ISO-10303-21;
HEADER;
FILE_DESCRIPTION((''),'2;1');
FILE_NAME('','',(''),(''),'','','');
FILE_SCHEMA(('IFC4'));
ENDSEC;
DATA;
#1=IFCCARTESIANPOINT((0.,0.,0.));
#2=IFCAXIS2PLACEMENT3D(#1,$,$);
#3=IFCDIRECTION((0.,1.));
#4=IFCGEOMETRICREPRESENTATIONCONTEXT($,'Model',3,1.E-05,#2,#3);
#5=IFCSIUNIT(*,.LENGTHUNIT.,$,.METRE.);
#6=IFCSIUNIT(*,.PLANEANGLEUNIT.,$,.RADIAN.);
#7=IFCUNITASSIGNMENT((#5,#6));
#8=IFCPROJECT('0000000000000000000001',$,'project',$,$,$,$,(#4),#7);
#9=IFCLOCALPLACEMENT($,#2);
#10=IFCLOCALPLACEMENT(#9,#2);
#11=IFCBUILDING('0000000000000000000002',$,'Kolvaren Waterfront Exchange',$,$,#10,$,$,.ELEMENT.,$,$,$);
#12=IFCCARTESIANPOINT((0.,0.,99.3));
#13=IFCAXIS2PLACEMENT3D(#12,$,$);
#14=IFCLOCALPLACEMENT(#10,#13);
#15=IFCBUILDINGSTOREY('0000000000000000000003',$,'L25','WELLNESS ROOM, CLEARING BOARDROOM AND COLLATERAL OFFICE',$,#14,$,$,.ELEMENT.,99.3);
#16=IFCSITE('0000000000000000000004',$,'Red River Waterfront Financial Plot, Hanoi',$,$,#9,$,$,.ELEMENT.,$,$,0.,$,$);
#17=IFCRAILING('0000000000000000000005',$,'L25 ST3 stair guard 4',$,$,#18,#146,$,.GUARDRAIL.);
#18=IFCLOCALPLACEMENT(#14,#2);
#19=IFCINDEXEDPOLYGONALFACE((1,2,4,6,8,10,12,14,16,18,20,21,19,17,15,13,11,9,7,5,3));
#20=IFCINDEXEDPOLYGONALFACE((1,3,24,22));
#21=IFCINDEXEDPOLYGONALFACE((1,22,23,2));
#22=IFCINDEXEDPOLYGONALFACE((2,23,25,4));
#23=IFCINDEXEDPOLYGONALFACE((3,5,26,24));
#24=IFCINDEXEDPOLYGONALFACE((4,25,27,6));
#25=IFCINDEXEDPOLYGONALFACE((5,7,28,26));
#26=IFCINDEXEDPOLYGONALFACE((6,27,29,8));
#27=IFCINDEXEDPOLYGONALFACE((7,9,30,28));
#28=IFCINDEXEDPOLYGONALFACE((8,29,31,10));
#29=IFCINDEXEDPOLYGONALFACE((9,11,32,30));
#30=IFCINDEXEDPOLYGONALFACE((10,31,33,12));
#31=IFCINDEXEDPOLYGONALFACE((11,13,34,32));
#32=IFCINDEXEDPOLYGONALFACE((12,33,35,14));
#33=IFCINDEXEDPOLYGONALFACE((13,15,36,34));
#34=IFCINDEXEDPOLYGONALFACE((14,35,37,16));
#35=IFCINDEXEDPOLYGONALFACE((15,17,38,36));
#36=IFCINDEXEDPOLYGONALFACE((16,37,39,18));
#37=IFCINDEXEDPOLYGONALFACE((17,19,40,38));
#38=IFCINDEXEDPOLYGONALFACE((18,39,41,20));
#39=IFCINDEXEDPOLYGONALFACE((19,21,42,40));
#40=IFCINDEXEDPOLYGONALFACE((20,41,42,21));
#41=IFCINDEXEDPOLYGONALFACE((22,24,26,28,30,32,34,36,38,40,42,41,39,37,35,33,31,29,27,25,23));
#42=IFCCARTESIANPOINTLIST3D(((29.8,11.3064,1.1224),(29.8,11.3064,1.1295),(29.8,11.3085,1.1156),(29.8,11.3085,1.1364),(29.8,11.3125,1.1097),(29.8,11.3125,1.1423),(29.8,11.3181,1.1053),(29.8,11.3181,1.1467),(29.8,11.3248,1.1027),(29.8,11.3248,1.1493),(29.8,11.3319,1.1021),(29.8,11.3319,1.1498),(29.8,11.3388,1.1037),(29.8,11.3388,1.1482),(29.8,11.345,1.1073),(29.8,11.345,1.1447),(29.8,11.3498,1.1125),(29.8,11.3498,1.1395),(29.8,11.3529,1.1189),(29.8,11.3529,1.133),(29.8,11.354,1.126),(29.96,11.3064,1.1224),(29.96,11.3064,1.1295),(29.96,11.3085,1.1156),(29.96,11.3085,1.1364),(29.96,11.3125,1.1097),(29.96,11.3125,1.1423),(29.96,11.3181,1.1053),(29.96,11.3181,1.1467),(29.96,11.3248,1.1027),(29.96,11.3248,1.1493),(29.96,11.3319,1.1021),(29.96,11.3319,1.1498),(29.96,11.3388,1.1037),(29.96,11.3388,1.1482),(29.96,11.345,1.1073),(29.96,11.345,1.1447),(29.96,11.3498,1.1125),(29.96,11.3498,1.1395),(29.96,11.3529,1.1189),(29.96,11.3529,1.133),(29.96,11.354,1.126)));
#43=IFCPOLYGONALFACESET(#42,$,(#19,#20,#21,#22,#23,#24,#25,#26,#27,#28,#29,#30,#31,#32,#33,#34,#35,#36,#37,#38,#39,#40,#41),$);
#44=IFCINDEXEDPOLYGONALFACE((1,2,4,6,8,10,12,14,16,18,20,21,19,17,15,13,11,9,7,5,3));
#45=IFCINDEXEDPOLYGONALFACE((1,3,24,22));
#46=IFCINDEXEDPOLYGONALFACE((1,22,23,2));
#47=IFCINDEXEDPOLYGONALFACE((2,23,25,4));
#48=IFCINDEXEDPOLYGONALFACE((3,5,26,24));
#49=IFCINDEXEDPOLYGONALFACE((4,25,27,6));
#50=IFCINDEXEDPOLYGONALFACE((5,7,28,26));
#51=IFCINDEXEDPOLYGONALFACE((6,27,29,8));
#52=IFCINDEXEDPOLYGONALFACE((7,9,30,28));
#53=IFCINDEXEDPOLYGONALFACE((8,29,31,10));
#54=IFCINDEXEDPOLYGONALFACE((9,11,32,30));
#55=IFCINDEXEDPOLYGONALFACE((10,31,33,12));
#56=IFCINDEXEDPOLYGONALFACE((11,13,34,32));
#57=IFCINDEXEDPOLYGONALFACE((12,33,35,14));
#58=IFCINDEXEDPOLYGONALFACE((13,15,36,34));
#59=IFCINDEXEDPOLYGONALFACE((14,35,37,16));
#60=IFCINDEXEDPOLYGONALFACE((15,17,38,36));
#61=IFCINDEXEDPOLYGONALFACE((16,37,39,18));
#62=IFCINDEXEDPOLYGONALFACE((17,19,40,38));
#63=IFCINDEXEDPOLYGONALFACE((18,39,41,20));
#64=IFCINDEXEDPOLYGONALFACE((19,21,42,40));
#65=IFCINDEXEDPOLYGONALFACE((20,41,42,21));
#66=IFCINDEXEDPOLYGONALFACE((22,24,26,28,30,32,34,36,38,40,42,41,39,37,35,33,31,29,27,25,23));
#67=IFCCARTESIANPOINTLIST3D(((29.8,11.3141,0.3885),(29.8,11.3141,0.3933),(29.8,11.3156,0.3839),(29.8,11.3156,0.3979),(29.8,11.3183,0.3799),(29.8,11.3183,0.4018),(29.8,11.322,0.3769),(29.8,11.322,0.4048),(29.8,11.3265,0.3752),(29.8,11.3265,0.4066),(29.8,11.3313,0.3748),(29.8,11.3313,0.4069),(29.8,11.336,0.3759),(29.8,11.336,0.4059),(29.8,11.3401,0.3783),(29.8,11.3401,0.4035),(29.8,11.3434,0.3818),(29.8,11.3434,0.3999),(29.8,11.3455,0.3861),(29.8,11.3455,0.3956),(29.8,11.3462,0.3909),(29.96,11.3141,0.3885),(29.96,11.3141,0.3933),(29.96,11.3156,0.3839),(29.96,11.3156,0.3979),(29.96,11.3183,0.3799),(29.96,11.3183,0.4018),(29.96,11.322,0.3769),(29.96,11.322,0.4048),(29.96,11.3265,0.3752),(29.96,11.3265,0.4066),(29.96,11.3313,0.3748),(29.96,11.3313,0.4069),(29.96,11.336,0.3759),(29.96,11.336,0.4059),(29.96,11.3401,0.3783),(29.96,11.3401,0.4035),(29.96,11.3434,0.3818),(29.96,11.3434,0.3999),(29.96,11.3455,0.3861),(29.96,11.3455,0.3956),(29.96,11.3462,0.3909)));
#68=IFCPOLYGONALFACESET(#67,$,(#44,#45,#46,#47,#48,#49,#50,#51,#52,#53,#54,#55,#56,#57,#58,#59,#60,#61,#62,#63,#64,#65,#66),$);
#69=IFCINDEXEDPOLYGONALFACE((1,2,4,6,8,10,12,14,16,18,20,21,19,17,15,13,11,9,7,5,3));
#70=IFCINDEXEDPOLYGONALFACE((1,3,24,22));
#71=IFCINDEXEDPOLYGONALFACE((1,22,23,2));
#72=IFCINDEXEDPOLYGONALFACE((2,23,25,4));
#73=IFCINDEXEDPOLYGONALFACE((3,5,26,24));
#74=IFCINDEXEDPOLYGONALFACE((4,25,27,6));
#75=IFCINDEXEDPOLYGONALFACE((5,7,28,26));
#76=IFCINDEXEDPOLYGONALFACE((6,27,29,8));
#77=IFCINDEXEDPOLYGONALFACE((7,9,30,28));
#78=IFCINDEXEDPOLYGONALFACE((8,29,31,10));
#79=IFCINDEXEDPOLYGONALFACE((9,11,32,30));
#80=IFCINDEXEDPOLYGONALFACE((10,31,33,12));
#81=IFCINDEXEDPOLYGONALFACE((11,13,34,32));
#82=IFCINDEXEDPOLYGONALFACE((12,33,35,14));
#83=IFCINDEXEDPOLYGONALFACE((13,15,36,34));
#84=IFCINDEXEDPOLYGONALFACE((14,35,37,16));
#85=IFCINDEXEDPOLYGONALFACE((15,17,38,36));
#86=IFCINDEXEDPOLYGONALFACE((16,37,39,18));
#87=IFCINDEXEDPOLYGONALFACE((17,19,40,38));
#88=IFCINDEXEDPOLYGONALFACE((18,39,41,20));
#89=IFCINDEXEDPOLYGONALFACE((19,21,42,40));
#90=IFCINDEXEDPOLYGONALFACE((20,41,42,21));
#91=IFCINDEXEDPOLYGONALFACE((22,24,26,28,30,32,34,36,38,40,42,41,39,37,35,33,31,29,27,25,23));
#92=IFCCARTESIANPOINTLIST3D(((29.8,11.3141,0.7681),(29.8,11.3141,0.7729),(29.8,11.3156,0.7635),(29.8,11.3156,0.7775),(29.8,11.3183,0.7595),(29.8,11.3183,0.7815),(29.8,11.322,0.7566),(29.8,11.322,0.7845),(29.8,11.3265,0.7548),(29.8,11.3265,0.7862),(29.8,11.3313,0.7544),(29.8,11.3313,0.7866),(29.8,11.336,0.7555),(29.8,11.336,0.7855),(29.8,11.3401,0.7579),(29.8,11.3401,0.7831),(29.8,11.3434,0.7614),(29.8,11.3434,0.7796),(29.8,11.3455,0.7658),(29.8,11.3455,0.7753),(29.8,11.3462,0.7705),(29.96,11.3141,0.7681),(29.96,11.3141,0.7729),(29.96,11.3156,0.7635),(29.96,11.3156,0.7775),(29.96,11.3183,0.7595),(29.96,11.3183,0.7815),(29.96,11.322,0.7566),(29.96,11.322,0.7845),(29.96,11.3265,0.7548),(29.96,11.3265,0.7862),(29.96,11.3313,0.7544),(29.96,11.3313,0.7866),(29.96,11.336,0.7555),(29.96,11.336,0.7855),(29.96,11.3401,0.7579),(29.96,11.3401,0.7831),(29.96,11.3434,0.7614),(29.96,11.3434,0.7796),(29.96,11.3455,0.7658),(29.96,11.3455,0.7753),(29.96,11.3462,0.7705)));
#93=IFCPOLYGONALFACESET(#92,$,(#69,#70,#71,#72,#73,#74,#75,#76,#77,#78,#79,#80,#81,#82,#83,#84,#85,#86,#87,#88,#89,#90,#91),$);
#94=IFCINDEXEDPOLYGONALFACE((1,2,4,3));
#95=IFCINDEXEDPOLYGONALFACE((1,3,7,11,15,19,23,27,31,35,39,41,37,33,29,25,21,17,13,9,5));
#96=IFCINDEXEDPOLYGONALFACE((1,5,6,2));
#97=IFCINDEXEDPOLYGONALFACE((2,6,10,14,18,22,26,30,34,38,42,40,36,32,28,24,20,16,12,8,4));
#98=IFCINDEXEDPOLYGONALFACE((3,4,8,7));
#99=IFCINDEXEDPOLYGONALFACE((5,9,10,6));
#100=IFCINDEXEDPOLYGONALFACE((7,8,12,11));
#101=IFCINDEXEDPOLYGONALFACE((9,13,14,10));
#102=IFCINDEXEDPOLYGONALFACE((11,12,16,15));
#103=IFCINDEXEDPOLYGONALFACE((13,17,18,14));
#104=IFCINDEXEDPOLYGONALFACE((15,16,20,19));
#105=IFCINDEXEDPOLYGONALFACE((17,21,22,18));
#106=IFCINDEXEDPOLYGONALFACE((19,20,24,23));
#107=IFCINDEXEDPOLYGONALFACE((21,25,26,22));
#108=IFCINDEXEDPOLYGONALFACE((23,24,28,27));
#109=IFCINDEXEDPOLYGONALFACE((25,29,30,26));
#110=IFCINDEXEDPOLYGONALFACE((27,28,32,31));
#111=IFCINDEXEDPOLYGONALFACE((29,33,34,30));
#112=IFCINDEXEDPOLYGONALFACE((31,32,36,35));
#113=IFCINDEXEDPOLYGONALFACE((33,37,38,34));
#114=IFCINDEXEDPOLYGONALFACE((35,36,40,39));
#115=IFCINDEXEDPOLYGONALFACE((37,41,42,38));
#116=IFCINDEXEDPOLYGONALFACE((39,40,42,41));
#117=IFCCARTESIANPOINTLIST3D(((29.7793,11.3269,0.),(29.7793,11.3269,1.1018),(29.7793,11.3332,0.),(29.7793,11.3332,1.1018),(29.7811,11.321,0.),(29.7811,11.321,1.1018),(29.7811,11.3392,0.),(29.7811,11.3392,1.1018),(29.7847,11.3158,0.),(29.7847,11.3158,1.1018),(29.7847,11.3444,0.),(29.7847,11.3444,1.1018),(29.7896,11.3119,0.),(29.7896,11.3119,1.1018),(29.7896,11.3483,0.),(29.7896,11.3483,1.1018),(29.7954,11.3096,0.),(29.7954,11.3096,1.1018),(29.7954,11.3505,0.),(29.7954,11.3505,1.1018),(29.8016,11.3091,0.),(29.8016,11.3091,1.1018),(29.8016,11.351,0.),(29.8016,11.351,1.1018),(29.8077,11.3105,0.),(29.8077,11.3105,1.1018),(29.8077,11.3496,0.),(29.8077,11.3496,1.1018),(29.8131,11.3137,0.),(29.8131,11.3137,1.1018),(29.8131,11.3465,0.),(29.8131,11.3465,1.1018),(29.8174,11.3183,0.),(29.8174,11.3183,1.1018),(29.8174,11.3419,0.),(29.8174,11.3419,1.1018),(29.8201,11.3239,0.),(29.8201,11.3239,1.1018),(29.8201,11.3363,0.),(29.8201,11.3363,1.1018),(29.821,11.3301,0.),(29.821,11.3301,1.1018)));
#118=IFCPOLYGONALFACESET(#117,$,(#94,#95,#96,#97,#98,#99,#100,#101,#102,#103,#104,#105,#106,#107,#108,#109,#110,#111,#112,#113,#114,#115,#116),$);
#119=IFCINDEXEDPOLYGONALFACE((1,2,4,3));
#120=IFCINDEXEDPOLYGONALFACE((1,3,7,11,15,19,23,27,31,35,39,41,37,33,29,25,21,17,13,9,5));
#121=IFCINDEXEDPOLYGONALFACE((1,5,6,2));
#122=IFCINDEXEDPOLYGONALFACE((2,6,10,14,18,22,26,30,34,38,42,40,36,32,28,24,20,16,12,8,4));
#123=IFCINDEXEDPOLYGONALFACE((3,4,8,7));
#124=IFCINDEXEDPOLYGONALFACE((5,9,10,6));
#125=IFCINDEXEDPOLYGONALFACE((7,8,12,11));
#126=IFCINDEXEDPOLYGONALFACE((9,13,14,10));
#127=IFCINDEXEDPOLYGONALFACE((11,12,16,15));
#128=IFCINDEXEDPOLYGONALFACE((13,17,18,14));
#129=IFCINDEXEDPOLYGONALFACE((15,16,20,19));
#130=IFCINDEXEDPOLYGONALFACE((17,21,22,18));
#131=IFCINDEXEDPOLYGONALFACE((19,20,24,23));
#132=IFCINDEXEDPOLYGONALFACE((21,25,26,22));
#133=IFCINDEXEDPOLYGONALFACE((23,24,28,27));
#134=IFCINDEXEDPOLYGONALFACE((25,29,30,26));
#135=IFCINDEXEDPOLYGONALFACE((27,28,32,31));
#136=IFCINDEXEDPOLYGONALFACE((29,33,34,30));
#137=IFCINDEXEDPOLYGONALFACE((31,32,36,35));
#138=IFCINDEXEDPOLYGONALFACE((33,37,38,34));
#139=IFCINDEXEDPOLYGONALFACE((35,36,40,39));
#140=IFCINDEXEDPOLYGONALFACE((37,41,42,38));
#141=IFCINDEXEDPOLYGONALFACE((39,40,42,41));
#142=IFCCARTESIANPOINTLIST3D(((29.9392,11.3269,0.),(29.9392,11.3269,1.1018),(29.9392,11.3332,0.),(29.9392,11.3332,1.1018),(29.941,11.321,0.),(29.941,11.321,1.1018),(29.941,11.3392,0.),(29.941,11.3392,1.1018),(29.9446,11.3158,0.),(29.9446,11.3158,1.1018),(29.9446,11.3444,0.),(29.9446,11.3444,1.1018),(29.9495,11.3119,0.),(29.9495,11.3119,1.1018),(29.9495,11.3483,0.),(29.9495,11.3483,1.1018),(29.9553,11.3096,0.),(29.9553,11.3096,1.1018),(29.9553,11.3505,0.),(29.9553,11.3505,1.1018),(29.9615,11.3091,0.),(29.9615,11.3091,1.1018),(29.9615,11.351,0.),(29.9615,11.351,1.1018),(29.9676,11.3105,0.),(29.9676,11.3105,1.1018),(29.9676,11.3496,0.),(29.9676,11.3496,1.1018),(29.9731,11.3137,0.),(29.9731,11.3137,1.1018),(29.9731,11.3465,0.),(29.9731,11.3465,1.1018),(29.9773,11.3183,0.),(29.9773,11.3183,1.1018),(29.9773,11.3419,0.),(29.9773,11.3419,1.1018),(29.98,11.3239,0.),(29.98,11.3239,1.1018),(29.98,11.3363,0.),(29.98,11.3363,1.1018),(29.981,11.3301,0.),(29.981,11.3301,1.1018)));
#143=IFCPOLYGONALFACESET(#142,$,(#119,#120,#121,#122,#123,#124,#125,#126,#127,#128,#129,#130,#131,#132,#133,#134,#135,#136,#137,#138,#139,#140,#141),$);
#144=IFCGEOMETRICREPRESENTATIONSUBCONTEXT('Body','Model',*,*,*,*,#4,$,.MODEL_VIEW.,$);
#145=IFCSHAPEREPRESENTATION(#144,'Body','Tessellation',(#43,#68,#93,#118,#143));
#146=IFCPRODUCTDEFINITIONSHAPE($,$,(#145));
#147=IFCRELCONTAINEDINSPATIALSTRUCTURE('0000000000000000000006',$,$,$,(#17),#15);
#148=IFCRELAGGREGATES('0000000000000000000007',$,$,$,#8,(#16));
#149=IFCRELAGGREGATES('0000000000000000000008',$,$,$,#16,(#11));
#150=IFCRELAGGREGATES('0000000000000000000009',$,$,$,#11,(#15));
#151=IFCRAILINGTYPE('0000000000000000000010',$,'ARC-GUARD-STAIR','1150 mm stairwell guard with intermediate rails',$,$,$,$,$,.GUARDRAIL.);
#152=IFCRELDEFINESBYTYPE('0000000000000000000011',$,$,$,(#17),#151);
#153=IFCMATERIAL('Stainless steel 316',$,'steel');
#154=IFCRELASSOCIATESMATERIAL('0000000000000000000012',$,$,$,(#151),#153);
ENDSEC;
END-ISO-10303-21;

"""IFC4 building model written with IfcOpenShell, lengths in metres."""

from ifc_helpers import new_model, si_unit, direction, frame, origin, origin_2d, place, context, subcontext, project, spatial, circle, extrude, material, type_object, element, save


model = new_model("IFC4")

# Units and contexts
model_context = context("Model", 3, precision=1e-05, world=origin(), true_north=direction((0.0, 1.0)))
body_context = subcontext(model_context, "Body", "Model", "MODEL_VIEW")
ifc_project = project(units=[si_unit("LENGTHUNIT", "METRE"), si_unit("PLANEANGLEUNIT", "RADIAN")], contexts=[model_context])

# Site, building, storey
site_placement = place(None, origin())
site = spatial("IfcSite", under=ifc_project, at=site_placement, Name="Red River Waterfront Financial Plot, Hanoi", CompositionType="ELEMENT", RefElevation=0.0)
building_placement = place(site_placement, origin())
building = spatial("IfcBuilding", under=site, at=building_placement, Name="Kolvaren Waterfront Exchange", CompositionType="ELEMENT")
storey_placement = place(building_placement, frame((0.0, 0.0, 99.3)))
storey = spatial("IfcBuildingStorey", under=building, at=storey_placement, Name="L25", Description="WELLNESS ROOM, CLEARING BOARDROOM AND COLLATERAL OFFICE", CompositionType="ELEMENT", Elevation=99.3)

# Railing
ifc_material_1 = material(Name="Stainless steel 316", Category="steel")
railing_type_1 = type_object("IfcRailingType", Name="ARC-GUARD-STAIR", Description="1150 mm stairwell guard with intermediate rails", PredefinedType="GUARDRAIL", material=ifc_material_1)
railing_1_placement = place(storey_placement, frame((29.8, 11.3301, 0.0)))
element("IfcRailing", 1, at=railing_1_placement, inside=storey, type_object=railing_type_1, Name="L25 ST3 stair guard 4", PredefinedType="GUARDRAIL", context=body_context, shape_type="SweptSolid", body=[
    extrude(circle(Radius=0.0239, at=origin_2d()), frame((0.0, 0.0, 1.126), z_axis=(1.0, 0.0, 0.0), x_axis=(0.0, 1.0, 0.0)), (0.0, 0.0, 1.0), 0.1599),
    extrude(circle(Radius=0.0161, at=origin_2d()), frame((0.0, 0.0, 0.3909), z_axis=(1.0, 0.0, 0.0), x_axis=(0.0, 1.0, 0.0)), (0.0, 0.0, 1.0), 0.1599),
    extrude(circle(Radius=0.0161, at=origin_2d()), frame((0.0, 0.0, 0.7705), z_axis=(1.0, 0.0, 0.0), x_axis=(0.0, 1.0, 0.0)), (0.0, 0.0, 1.0), 0.1599),
    extrude(circle(Radius=0.021, at=origin_2d()), origin(), (0.0, 0.0, 1.0), 1.1018),
    extrude(circle(Radius=0.021, at=origin_2d()), frame((0.1599, 0.0, 0.0)), (0.0, 0.0, 1.0), 1.1018),
])

save(model, "model.ifc")
